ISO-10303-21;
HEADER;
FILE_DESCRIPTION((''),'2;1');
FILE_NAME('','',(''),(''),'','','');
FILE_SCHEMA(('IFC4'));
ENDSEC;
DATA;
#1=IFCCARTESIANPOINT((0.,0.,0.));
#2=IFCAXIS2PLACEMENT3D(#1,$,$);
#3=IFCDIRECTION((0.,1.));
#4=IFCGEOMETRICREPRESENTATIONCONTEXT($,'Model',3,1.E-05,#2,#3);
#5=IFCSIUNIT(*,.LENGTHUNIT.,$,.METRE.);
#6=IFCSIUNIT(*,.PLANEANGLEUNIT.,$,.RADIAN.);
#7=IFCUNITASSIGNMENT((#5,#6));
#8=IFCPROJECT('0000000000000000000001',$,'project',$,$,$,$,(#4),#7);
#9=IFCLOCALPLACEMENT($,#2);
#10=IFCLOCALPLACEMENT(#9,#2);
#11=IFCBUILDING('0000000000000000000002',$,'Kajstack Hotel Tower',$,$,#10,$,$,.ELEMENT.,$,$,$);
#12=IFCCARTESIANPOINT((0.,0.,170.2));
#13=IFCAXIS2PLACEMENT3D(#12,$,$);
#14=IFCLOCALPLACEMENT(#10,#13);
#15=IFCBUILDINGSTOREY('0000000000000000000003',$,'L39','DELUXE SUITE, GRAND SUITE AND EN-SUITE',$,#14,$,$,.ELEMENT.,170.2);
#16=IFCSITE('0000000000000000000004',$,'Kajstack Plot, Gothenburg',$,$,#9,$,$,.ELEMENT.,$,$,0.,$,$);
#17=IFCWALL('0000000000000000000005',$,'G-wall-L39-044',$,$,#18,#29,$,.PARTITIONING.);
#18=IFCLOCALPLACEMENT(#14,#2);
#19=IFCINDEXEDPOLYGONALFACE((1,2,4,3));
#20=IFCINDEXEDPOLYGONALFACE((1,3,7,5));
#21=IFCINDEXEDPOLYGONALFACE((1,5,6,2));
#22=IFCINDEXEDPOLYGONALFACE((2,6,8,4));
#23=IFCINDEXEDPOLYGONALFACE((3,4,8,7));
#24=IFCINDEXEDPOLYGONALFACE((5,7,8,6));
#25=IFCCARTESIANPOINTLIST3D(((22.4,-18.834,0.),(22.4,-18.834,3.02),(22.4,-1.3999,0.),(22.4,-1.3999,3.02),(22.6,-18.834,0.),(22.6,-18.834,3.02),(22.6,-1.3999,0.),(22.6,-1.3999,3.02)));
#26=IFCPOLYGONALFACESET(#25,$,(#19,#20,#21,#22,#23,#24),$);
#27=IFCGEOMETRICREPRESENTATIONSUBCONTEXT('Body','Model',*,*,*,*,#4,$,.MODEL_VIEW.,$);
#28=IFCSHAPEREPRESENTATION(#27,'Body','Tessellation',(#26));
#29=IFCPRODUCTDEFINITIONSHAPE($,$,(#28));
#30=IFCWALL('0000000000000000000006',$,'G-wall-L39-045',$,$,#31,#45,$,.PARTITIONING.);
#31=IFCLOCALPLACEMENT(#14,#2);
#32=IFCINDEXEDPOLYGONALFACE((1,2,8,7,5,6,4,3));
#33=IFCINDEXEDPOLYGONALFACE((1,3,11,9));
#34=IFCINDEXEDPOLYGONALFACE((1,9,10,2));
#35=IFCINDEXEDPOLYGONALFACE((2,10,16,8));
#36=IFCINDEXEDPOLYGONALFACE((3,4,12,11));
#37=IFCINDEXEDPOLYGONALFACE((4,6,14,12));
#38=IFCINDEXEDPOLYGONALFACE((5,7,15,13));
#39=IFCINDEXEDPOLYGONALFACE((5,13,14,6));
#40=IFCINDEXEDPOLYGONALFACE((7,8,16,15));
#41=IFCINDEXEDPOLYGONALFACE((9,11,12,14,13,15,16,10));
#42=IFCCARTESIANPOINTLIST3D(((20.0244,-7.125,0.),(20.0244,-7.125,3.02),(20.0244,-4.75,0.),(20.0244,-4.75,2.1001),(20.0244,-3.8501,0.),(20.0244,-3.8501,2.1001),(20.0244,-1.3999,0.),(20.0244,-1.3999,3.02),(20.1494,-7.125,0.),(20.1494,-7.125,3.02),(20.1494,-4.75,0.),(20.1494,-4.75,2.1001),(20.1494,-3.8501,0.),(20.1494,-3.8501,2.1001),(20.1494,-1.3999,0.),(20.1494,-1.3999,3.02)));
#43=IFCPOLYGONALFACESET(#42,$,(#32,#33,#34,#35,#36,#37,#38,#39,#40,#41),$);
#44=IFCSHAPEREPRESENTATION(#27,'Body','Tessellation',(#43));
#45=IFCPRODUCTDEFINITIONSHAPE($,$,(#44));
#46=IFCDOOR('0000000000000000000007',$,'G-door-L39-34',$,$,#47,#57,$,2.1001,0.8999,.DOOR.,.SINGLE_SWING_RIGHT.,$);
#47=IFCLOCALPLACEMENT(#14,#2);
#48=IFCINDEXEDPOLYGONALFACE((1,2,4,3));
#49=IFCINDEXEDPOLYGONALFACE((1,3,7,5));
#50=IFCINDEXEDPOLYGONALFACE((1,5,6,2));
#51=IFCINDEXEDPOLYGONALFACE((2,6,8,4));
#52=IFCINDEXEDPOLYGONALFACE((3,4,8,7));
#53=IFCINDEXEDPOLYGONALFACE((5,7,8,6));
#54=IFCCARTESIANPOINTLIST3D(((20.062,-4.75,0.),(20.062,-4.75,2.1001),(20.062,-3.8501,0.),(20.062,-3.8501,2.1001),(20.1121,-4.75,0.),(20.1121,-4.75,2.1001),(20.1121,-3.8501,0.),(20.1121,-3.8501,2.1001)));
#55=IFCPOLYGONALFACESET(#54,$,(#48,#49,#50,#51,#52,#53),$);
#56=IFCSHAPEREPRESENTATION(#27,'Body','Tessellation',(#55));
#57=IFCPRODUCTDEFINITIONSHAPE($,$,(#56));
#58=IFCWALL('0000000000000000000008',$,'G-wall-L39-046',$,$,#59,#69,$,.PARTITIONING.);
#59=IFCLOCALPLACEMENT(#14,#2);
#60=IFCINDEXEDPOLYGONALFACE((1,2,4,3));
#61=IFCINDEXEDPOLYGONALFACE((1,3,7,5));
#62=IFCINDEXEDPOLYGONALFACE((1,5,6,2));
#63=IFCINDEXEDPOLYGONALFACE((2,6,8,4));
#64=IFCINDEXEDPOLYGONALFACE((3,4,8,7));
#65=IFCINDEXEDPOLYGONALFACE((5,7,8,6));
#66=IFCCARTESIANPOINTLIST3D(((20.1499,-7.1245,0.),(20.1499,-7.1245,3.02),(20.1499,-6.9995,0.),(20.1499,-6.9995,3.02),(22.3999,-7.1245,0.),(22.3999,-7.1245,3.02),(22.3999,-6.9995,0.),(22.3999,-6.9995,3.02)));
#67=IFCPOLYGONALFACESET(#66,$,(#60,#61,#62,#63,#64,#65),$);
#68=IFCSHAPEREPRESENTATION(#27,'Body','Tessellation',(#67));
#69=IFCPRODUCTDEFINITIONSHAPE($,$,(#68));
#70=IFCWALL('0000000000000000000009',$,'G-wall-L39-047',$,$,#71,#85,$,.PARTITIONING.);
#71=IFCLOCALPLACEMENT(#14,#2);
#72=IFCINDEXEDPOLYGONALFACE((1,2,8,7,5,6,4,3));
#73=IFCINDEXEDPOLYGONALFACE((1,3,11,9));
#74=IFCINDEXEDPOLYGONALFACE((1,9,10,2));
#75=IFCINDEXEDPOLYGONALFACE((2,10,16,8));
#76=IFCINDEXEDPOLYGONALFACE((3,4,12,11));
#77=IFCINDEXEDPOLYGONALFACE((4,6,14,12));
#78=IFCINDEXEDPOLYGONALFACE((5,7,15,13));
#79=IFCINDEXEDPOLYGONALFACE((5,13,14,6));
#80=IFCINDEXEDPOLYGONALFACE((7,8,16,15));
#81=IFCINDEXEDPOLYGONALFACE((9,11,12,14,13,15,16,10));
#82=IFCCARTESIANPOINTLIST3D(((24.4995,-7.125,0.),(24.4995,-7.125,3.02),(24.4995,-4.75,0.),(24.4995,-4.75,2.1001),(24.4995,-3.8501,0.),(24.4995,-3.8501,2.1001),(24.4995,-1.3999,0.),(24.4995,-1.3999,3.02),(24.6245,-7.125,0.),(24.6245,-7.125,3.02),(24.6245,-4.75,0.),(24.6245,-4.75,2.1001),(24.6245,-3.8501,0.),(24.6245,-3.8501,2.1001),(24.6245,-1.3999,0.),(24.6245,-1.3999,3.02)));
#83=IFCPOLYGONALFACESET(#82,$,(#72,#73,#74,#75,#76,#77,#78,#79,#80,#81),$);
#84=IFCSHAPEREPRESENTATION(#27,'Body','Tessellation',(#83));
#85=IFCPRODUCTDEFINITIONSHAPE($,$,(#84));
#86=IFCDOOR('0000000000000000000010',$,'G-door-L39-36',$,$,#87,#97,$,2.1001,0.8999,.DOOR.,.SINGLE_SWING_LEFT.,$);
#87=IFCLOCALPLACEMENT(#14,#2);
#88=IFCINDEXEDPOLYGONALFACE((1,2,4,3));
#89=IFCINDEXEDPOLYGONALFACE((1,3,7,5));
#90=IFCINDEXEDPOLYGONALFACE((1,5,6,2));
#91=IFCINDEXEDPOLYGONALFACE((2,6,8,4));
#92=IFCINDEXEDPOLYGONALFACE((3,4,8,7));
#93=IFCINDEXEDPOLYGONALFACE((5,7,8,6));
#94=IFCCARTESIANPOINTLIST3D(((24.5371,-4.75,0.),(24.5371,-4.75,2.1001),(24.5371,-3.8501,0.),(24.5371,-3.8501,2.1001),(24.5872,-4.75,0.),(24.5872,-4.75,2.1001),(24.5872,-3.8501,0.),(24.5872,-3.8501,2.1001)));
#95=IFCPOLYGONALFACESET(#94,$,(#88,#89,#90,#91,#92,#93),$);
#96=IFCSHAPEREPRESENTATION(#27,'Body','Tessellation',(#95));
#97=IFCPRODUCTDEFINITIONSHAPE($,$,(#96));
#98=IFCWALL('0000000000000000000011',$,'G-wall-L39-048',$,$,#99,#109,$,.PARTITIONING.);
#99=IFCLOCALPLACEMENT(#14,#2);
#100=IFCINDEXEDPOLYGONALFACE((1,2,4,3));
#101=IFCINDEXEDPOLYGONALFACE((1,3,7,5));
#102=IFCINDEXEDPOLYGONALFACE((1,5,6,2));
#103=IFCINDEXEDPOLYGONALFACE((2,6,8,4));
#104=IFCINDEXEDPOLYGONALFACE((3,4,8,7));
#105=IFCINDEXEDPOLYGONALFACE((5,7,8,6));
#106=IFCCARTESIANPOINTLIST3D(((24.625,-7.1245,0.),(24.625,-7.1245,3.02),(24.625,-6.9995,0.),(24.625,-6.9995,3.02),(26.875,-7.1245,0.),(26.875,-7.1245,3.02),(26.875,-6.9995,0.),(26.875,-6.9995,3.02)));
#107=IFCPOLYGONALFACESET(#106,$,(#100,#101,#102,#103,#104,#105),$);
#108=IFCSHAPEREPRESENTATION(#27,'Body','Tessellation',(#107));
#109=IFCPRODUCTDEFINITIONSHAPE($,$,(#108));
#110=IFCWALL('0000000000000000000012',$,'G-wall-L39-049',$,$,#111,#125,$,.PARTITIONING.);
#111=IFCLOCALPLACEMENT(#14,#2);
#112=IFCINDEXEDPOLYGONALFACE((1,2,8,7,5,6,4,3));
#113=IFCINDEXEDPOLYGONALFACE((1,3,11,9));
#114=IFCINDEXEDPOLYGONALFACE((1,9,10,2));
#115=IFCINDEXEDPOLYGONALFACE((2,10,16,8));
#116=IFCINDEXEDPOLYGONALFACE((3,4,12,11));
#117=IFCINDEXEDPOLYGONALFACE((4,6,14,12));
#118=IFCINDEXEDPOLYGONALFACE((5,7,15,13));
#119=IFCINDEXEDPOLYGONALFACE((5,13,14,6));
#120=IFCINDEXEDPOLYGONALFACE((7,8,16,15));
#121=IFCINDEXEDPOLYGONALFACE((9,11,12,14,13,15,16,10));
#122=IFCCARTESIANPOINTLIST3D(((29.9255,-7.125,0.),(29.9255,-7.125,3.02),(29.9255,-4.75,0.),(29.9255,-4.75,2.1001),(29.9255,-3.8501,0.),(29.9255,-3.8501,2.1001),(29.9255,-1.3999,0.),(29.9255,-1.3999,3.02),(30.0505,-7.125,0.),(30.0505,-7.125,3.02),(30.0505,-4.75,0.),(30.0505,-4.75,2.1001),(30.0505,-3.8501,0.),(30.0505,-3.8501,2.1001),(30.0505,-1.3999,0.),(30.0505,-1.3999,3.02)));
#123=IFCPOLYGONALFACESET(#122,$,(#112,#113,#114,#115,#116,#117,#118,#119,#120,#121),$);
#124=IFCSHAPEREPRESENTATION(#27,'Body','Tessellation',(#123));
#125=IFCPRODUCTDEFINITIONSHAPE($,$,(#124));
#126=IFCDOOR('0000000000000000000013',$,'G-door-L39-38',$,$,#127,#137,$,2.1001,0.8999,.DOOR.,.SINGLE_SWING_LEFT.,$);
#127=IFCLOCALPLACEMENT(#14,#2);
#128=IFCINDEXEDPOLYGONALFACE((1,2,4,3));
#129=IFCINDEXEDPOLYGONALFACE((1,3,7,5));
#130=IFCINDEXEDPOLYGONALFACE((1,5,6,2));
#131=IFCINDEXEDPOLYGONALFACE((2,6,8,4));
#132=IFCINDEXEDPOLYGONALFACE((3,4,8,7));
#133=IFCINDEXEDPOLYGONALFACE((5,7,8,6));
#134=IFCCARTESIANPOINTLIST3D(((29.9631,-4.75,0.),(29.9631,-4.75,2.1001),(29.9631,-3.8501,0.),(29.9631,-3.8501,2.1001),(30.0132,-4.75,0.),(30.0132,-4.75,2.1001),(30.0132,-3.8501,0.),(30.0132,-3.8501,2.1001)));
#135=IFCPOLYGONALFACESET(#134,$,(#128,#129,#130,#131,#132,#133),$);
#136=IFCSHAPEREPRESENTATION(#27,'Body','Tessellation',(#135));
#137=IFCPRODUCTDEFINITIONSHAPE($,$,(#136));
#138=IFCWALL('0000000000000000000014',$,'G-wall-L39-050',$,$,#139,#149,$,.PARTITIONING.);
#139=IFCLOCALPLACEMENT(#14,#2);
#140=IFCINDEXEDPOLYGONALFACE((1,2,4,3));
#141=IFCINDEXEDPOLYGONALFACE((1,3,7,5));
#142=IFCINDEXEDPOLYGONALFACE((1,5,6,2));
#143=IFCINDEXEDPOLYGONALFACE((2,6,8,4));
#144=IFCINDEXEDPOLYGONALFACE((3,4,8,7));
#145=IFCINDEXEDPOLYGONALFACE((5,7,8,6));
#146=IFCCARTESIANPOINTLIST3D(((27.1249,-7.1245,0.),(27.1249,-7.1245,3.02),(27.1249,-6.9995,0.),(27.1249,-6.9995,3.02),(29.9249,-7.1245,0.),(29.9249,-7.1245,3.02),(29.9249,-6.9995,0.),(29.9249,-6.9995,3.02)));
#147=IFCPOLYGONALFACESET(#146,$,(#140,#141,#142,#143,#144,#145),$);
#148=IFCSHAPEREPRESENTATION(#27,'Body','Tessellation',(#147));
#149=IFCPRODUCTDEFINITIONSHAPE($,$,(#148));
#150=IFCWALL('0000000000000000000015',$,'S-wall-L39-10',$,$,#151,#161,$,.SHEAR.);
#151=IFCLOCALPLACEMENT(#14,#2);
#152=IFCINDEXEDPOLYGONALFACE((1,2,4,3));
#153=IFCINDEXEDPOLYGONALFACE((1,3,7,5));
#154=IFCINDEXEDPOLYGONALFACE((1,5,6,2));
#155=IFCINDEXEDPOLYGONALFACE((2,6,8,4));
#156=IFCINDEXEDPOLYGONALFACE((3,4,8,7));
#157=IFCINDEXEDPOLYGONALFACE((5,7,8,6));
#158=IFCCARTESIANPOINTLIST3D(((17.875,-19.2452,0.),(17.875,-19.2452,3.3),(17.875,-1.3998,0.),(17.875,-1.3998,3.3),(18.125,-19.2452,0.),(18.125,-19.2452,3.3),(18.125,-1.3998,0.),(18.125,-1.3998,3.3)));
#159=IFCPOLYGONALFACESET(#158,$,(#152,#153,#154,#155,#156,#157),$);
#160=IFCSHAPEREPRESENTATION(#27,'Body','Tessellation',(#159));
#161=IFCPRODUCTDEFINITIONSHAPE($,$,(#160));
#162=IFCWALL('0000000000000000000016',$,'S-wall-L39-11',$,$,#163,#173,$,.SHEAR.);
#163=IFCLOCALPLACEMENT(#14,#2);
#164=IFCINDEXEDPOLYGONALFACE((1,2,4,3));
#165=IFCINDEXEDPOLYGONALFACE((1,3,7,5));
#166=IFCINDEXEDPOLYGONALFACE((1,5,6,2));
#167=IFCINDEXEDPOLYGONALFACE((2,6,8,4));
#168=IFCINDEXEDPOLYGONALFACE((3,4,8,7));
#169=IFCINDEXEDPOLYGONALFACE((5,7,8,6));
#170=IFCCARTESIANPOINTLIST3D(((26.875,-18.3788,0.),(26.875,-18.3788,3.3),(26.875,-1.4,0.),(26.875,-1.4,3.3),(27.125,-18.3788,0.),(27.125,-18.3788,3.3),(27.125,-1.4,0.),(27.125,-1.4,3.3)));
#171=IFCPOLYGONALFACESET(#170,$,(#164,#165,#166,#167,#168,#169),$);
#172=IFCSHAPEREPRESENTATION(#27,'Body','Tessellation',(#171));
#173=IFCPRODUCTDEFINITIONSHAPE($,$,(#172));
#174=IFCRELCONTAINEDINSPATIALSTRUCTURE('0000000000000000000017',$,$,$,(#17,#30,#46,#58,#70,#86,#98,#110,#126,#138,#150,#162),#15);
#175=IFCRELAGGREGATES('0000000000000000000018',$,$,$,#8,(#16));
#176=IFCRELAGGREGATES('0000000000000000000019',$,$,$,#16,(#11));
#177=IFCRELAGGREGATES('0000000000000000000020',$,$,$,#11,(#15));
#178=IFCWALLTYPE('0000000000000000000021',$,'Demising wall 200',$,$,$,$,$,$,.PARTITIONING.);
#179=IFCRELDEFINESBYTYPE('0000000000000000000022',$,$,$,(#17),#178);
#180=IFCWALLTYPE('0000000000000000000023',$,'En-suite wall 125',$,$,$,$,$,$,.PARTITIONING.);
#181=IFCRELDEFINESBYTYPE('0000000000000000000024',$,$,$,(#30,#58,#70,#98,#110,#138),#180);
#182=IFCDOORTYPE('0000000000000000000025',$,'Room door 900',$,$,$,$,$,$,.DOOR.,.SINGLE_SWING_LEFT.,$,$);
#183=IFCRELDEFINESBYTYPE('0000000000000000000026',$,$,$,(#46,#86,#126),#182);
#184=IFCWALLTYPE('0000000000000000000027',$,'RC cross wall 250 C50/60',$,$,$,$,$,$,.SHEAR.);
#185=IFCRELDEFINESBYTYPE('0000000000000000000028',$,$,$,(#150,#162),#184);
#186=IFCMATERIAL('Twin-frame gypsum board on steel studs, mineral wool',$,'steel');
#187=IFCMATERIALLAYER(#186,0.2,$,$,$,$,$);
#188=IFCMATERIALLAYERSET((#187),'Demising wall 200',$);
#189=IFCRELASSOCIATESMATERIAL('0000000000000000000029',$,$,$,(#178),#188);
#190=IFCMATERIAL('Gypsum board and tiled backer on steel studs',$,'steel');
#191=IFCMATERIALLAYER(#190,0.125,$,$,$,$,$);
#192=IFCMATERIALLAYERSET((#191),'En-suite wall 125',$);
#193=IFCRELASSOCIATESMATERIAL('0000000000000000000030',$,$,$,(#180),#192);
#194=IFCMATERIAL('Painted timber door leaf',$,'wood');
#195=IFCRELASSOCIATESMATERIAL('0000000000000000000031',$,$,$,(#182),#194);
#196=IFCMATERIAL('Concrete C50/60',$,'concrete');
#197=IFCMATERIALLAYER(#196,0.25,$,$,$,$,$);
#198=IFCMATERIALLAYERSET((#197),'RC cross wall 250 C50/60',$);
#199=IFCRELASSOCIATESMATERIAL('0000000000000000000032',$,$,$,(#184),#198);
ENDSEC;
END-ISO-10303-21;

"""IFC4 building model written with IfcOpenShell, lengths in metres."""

from ifc_helpers import new_model, si_unit, direction, frame, frame_2d, origin, place, context, subcontext, project, spatial, rectangle, extrude, material, layer, layer_set, type_object, element, fill, save


model = new_model("IFC4")

# Units and contexts
model_context = context("Model", 3, precision=1e-05, world=origin(), true_north=direction((0.0, 1.0)))
body_context = subcontext(model_context, "Body", "Model", "MODEL_VIEW")
ifc_project = project(units=[si_unit("LENGTHUNIT", "METRE"), si_unit("PLANEANGLEUNIT", "RADIAN")], contexts=[model_context])

# Site, building, storey
site_placement = place(None, origin())
site = spatial("IfcSite", under=ifc_project, at=site_placement, Name="Kajstack Plot, Gothenburg", CompositionType="ELEMENT", RefElevation=0.0)
building_placement = place(site_placement, origin())
building = spatial("IfcBuilding", under=site, at=building_placement, Name="Kajstack Hotel Tower", CompositionType="ELEMENT")
storey_placement = place(building_placement, frame((0.0, 0.0, 170.2)))
storey = spatial("IfcBuildingStorey", under=building, at=storey_placement, Name="L39", Description="DELUXE SUITE, GRAND SUITE AND EN-SUITE", CompositionType="ELEMENT", Elevation=170.2)

# Wall
ifc_material_1 = material(Name="Twin-frame gypsum board on steel studs, mineral wool", Category="steel")
ifc_layer_1 = layer(ifc_material_1, 0.2)
ifc_layer_set_1 = layer_set([ifc_layer_1], Name="Demising wall 200")
wall_type_1 = type_object("IfcWallType", Name="Demising wall 200", PredefinedType="PARTITIONING", material=ifc_layer_set_1)
wall_1_placement = place(storey_placement, frame((22.5, -18.834, 0.0), z_axis=(0.0, 0.0, 1.0), x_axis=(0.0, 1.0, 0.0)))
element("IfcWall", 1, at=wall_1_placement, inside=storey, type_object=wall_type_1, Name="G-wall-L39-044", PredefinedType="PARTITIONING", context=body_context, shape_type="SweptSolid", body=[
    extrude(rectangle(XDim=17.4341, YDim=0.2, at=frame_2d((8.717, 0.0))), origin(), (0.0, 0.0, 1.0), 3.02),
])

# Wall, opening, door
ifc_material_2 = material(Name="Gypsum board and tiled backer on steel studs", Category="steel")
ifc_layer_2 = layer(ifc_material_2, 0.125)
ifc_layer_set_2 = layer_set([ifc_layer_2], Name="En-suite wall 125")
wall_type_2 = type_object("IfcWallType", Name="En-suite wall 125", PredefinedType="PARTITIONING", material=ifc_layer_set_2)
wall_2_placement = place(storey_placement, frame((20.0869, -7.125, 0.0), z_axis=(0.0, 0.0, 1.0), x_axis=(0.0, 1.0, 0.0)))
wall_2 = element("IfcWall", 2, at=wall_2_placement, inside=storey, type_object=wall_type_2, Name="G-wall-L39-045", PredefinedType="PARTITIONING", context=body_context, shape_type="SweptSolid", body=[
    extrude(rectangle(XDim=5.7251, YDim=0.125, at=frame_2d((2.8625, 0.0))), origin(), (0.0, 0.0, 1.0), 3.02),
])
opening_1_placement = place(wall_2_placement, frame((2.375, 0.0, 0.0)))
opening_1 = element("IfcOpeningElement", 3, at=opening_1_placement, cuts=wall_2, PredefinedType="OPENING", context=body_context, shape_type="SweptSolid", body=[
    extrude(rectangle(XDim=0.8999, YDim=2.1001, at=frame_2d((0.45, 1.05))), frame((0.0, 0.0725, 0.0), z_axis=(0.0, -1.0, 0.0), x_axis=(1.0, 0.0, 0.0)), (0.0, 0.0, 1.0), 0.145),
])
ifc_material_3 = material(Name="Painted timber door leaf", Category="wood")
door_type = type_object("IfcDoorType", Name="Room door 900", OperationType="SINGLE_SWING_LEFT", PredefinedType="DOOR", material=ifc_material_3)
door_1_placement = place(opening_1_placement, origin())
door_1 = element("IfcDoor", 4, at=door_1_placement, inside=storey, type_object=door_type, Name="G-door-L39-34", OperationType="SINGLE_SWING_RIGHT", OverallHeight=2.1001, OverallWidth=0.8999, PredefinedType="DOOR", context=body_context, shape_type="SweptSolid", body=[
    extrude(rectangle(XDim=0.8999, YDim=2.1001, at=frame_2d((0.45, 1.05))), frame((0.0, 0.0249, 0.0), z_axis=(0.0, -1.0, 0.0), x_axis=(1.0, 0.0, 0.0)), (0.0, 0.0, 1.0), 0.05),
])
fill(opening_1, door_1)

# Wall
wall_3_placement = place(storey_placement, frame((20.1499, -7.062, 0.0), z_axis=(0.0, 0.0, 1.0), x_axis=(1.0, 0.0, 0.0)))
element("IfcWall", 5, at=wall_3_placement, inside=storey, type_object=wall_type_2, Name="G-wall-L39-046", PredefinedType="PARTITIONING", context=body_context, shape_type="SweptSolid", body=[
    extrude(rectangle(XDim=2.25, YDim=0.125, at=frame_2d((1.125, 0.0))), origin(), (0.0, 0.0, 1.0), 3.02),
])

# Wall, opening, door
wall_4_placement = place(storey_placement, frame((24.562, -7.125, 0.0), z_axis=(0.0, 0.0, 1.0), x_axis=(0.0, 1.0, 0.0)))
wall_4 = element("IfcWall", 6, at=wall_4_placement, inside=storey, type_object=wall_type_2, Name="G-wall-L39-047", PredefinedType="PARTITIONING", context=body_context, shape_type="SweptSolid", body=[
    extrude(rectangle(XDim=5.7251, YDim=0.125, at=frame_2d((2.8625, 0.0))), origin(), (0.0, 0.0, 1.0), 3.02),
])
opening_2_placement = place(wall_4_placement, frame((2.375, 0.0, 0.0)))
opening_2 = element("IfcOpeningElement", 7, at=opening_2_placement, cuts=wall_4, PredefinedType="OPENING", context=body_context, shape_type="SweptSolid", body=[
    extrude(rectangle(XDim=0.8999, YDim=2.1001, at=frame_2d((0.45, 1.05))), frame((0.0, 0.0725, 0.0), z_axis=(0.0, -1.0, 0.0), x_axis=(1.0, 0.0, 0.0)), (0.0, 0.0, 1.0), 0.145),
])
door_2_placement = place(opening_2_placement, origin())
door_2 = element("IfcDoor", 8, at=door_2_placement, inside=storey, type_object=door_type, Name="G-door-L39-36", OperationType="SINGLE_SWING_LEFT", OverallHeight=2.1001, OverallWidth=0.8999, PredefinedType="DOOR", context=body_context, shape_type="SweptSolid", body=[
    extrude(rectangle(XDim=0.8999, YDim=2.1001, at=frame_2d((0.45, 1.05))), frame((0.0, 0.0249, 0.0), z_axis=(0.0, -1.0, 0.0), x_axis=(1.0, 0.0, 0.0)), (0.0, 0.0, 1.0), 0.05),
])
fill(opening_2, door_2)

# Wall
wall_5_placement = place(storey_placement, frame((24.625, -7.062, 0.0), z_axis=(0.0, 0.0, 1.0), x_axis=(1.0, 0.0, 0.0)))
element("IfcWall", 9, at=wall_5_placement, inside=storey, type_object=wall_type_2, Name="G-wall-L39-048", PredefinedType="PARTITIONING", context=body_context, shape_type="SweptSolid", body=[
    extrude(rectangle(XDim=2.25, YDim=0.125, at=frame_2d((1.125, 0.0))), origin(), (0.0, 0.0, 1.0), 3.02),
])

# Wall, opening, door
wall_6_placement = place(storey_placement, frame((29.988, -7.125, 0.0), z_axis=(0.0, 0.0, 1.0), x_axis=(0.0, 1.0, 0.0)))
wall_6 = element("IfcWall", 10, at=wall_6_placement, inside=storey, type_object=wall_type_2, Name="G-wall-L39-049", PredefinedType="PARTITIONING", context=body_context, shape_type="SweptSolid", body=[
    extrude(rectangle(XDim=5.7251, YDim=0.125, at=frame_2d((2.8625, 0.0))), origin(), (0.0, 0.0, 1.0), 3.02),
])
opening_3_placement = place(wall_6_placement, frame((2.375, 0.0, 0.0)))
opening_3 = element("IfcOpeningElement", 11, at=opening_3_placement, cuts=wall_6, PredefinedType="OPENING", context=body_context, shape_type="SweptSolid", body=[
    extrude(rectangle(XDim=0.8999, YDim=2.1001, at=frame_2d((0.45, 1.05))), frame((0.0, 0.0725, 0.0), z_axis=(0.0, -1.0, 0.0), x_axis=(1.0, 0.0, 0.0)), (0.0, 0.0, 1.0), 0.145),
])
door_3_placement = place(opening_3_placement, origin())
door_3 = element("IfcDoor", 12, at=door_3_placement, inside=storey, type_object=door_type, Name="G-door-L39-38", OperationType="SINGLE_SWING_LEFT", OverallHeight=2.1001, OverallWidth=0.8999, PredefinedType="DOOR", context=body_context, shape_type="SweptSolid", body=[
    extrude(rectangle(XDim=0.8999, YDim=2.1001, at=frame_2d((0.45, 1.05))), frame((0.0, 0.0249, 0.0), z_axis=(0.0, -1.0, 0.0), x_axis=(1.0, 0.0, 0.0)), (0.0, 0.0, 1.0), 0.05),
])
fill(opening_3, door_3)

# Walls
wall_7_placement = place(storey_placement, frame((27.125, -7.062, 0.0), z_axis=(0.0, 0.0, 1.0), x_axis=(1.0, 0.0, 0.0)))
element("IfcWall", 13, at=wall_7_placement, inside=storey, type_object=wall_type_2, Name="G-wall-L39-050", PredefinedType="PARTITIONING", context=body_context, shape_type="SweptSolid", body=[
    extrude(rectangle(XDim=2.8, YDim=0.125, at=frame_2d((1.3999, 0.0))), origin(), (0.0, 0.0, 1.0), 3.02),
])
ifc_material_4 = material(Name="Concrete C50/60", Category="concrete")
ifc_layer_3 = layer(ifc_material_4, 0.25)
ifc_layer_set_3 = layer_set([ifc_layer_3], Name="RC cross wall 250 C50/60")
wall_type_3 = type_object("IfcWallType", Name="RC cross wall 250 C50/60", PredefinedType="SHEAR", material=ifc_layer_set_3)
wall_8_placement = place(storey_placement, frame((18.0, -19.2454, 0.0), z_axis=(0.0, 0.0, 1.0), x_axis=(0.0, 1.0, 0.0)))
element("IfcWall", 14, at=wall_8_placement, inside=storey, type_object=wall_type_3, Name="S-wall-L39-10", PredefinedType="SHEAR", context=body_context, shape_type="SweptSolid", body=[
    extrude(rectangle(XDim=17.8455, YDim=0.25, at=frame_2d((8.9229, 0.0))), origin(), (0.0, 0.0, 1.0), 3.3),
])
wall_9_placement = place(storey_placement, frame((27.0, -18.3787, 0.0), z_axis=(0.0, 0.0, 1.0), x_axis=(0.0, 1.0, 0.0)))
element("IfcWall", 15, at=wall_9_placement, inside=storey, type_object=wall_type_3, Name="S-wall-L39-11", PredefinedType="SHEAR", context=body_context, shape_type="SweptSolid", body=[
    extrude(rectangle(XDim=16.9788, YDim=0.25, at=frame_2d((8.4893, 0.0))), origin(), (0.0, 0.0, 1.0), 3.3),
])

save(model, "model.ifc")
